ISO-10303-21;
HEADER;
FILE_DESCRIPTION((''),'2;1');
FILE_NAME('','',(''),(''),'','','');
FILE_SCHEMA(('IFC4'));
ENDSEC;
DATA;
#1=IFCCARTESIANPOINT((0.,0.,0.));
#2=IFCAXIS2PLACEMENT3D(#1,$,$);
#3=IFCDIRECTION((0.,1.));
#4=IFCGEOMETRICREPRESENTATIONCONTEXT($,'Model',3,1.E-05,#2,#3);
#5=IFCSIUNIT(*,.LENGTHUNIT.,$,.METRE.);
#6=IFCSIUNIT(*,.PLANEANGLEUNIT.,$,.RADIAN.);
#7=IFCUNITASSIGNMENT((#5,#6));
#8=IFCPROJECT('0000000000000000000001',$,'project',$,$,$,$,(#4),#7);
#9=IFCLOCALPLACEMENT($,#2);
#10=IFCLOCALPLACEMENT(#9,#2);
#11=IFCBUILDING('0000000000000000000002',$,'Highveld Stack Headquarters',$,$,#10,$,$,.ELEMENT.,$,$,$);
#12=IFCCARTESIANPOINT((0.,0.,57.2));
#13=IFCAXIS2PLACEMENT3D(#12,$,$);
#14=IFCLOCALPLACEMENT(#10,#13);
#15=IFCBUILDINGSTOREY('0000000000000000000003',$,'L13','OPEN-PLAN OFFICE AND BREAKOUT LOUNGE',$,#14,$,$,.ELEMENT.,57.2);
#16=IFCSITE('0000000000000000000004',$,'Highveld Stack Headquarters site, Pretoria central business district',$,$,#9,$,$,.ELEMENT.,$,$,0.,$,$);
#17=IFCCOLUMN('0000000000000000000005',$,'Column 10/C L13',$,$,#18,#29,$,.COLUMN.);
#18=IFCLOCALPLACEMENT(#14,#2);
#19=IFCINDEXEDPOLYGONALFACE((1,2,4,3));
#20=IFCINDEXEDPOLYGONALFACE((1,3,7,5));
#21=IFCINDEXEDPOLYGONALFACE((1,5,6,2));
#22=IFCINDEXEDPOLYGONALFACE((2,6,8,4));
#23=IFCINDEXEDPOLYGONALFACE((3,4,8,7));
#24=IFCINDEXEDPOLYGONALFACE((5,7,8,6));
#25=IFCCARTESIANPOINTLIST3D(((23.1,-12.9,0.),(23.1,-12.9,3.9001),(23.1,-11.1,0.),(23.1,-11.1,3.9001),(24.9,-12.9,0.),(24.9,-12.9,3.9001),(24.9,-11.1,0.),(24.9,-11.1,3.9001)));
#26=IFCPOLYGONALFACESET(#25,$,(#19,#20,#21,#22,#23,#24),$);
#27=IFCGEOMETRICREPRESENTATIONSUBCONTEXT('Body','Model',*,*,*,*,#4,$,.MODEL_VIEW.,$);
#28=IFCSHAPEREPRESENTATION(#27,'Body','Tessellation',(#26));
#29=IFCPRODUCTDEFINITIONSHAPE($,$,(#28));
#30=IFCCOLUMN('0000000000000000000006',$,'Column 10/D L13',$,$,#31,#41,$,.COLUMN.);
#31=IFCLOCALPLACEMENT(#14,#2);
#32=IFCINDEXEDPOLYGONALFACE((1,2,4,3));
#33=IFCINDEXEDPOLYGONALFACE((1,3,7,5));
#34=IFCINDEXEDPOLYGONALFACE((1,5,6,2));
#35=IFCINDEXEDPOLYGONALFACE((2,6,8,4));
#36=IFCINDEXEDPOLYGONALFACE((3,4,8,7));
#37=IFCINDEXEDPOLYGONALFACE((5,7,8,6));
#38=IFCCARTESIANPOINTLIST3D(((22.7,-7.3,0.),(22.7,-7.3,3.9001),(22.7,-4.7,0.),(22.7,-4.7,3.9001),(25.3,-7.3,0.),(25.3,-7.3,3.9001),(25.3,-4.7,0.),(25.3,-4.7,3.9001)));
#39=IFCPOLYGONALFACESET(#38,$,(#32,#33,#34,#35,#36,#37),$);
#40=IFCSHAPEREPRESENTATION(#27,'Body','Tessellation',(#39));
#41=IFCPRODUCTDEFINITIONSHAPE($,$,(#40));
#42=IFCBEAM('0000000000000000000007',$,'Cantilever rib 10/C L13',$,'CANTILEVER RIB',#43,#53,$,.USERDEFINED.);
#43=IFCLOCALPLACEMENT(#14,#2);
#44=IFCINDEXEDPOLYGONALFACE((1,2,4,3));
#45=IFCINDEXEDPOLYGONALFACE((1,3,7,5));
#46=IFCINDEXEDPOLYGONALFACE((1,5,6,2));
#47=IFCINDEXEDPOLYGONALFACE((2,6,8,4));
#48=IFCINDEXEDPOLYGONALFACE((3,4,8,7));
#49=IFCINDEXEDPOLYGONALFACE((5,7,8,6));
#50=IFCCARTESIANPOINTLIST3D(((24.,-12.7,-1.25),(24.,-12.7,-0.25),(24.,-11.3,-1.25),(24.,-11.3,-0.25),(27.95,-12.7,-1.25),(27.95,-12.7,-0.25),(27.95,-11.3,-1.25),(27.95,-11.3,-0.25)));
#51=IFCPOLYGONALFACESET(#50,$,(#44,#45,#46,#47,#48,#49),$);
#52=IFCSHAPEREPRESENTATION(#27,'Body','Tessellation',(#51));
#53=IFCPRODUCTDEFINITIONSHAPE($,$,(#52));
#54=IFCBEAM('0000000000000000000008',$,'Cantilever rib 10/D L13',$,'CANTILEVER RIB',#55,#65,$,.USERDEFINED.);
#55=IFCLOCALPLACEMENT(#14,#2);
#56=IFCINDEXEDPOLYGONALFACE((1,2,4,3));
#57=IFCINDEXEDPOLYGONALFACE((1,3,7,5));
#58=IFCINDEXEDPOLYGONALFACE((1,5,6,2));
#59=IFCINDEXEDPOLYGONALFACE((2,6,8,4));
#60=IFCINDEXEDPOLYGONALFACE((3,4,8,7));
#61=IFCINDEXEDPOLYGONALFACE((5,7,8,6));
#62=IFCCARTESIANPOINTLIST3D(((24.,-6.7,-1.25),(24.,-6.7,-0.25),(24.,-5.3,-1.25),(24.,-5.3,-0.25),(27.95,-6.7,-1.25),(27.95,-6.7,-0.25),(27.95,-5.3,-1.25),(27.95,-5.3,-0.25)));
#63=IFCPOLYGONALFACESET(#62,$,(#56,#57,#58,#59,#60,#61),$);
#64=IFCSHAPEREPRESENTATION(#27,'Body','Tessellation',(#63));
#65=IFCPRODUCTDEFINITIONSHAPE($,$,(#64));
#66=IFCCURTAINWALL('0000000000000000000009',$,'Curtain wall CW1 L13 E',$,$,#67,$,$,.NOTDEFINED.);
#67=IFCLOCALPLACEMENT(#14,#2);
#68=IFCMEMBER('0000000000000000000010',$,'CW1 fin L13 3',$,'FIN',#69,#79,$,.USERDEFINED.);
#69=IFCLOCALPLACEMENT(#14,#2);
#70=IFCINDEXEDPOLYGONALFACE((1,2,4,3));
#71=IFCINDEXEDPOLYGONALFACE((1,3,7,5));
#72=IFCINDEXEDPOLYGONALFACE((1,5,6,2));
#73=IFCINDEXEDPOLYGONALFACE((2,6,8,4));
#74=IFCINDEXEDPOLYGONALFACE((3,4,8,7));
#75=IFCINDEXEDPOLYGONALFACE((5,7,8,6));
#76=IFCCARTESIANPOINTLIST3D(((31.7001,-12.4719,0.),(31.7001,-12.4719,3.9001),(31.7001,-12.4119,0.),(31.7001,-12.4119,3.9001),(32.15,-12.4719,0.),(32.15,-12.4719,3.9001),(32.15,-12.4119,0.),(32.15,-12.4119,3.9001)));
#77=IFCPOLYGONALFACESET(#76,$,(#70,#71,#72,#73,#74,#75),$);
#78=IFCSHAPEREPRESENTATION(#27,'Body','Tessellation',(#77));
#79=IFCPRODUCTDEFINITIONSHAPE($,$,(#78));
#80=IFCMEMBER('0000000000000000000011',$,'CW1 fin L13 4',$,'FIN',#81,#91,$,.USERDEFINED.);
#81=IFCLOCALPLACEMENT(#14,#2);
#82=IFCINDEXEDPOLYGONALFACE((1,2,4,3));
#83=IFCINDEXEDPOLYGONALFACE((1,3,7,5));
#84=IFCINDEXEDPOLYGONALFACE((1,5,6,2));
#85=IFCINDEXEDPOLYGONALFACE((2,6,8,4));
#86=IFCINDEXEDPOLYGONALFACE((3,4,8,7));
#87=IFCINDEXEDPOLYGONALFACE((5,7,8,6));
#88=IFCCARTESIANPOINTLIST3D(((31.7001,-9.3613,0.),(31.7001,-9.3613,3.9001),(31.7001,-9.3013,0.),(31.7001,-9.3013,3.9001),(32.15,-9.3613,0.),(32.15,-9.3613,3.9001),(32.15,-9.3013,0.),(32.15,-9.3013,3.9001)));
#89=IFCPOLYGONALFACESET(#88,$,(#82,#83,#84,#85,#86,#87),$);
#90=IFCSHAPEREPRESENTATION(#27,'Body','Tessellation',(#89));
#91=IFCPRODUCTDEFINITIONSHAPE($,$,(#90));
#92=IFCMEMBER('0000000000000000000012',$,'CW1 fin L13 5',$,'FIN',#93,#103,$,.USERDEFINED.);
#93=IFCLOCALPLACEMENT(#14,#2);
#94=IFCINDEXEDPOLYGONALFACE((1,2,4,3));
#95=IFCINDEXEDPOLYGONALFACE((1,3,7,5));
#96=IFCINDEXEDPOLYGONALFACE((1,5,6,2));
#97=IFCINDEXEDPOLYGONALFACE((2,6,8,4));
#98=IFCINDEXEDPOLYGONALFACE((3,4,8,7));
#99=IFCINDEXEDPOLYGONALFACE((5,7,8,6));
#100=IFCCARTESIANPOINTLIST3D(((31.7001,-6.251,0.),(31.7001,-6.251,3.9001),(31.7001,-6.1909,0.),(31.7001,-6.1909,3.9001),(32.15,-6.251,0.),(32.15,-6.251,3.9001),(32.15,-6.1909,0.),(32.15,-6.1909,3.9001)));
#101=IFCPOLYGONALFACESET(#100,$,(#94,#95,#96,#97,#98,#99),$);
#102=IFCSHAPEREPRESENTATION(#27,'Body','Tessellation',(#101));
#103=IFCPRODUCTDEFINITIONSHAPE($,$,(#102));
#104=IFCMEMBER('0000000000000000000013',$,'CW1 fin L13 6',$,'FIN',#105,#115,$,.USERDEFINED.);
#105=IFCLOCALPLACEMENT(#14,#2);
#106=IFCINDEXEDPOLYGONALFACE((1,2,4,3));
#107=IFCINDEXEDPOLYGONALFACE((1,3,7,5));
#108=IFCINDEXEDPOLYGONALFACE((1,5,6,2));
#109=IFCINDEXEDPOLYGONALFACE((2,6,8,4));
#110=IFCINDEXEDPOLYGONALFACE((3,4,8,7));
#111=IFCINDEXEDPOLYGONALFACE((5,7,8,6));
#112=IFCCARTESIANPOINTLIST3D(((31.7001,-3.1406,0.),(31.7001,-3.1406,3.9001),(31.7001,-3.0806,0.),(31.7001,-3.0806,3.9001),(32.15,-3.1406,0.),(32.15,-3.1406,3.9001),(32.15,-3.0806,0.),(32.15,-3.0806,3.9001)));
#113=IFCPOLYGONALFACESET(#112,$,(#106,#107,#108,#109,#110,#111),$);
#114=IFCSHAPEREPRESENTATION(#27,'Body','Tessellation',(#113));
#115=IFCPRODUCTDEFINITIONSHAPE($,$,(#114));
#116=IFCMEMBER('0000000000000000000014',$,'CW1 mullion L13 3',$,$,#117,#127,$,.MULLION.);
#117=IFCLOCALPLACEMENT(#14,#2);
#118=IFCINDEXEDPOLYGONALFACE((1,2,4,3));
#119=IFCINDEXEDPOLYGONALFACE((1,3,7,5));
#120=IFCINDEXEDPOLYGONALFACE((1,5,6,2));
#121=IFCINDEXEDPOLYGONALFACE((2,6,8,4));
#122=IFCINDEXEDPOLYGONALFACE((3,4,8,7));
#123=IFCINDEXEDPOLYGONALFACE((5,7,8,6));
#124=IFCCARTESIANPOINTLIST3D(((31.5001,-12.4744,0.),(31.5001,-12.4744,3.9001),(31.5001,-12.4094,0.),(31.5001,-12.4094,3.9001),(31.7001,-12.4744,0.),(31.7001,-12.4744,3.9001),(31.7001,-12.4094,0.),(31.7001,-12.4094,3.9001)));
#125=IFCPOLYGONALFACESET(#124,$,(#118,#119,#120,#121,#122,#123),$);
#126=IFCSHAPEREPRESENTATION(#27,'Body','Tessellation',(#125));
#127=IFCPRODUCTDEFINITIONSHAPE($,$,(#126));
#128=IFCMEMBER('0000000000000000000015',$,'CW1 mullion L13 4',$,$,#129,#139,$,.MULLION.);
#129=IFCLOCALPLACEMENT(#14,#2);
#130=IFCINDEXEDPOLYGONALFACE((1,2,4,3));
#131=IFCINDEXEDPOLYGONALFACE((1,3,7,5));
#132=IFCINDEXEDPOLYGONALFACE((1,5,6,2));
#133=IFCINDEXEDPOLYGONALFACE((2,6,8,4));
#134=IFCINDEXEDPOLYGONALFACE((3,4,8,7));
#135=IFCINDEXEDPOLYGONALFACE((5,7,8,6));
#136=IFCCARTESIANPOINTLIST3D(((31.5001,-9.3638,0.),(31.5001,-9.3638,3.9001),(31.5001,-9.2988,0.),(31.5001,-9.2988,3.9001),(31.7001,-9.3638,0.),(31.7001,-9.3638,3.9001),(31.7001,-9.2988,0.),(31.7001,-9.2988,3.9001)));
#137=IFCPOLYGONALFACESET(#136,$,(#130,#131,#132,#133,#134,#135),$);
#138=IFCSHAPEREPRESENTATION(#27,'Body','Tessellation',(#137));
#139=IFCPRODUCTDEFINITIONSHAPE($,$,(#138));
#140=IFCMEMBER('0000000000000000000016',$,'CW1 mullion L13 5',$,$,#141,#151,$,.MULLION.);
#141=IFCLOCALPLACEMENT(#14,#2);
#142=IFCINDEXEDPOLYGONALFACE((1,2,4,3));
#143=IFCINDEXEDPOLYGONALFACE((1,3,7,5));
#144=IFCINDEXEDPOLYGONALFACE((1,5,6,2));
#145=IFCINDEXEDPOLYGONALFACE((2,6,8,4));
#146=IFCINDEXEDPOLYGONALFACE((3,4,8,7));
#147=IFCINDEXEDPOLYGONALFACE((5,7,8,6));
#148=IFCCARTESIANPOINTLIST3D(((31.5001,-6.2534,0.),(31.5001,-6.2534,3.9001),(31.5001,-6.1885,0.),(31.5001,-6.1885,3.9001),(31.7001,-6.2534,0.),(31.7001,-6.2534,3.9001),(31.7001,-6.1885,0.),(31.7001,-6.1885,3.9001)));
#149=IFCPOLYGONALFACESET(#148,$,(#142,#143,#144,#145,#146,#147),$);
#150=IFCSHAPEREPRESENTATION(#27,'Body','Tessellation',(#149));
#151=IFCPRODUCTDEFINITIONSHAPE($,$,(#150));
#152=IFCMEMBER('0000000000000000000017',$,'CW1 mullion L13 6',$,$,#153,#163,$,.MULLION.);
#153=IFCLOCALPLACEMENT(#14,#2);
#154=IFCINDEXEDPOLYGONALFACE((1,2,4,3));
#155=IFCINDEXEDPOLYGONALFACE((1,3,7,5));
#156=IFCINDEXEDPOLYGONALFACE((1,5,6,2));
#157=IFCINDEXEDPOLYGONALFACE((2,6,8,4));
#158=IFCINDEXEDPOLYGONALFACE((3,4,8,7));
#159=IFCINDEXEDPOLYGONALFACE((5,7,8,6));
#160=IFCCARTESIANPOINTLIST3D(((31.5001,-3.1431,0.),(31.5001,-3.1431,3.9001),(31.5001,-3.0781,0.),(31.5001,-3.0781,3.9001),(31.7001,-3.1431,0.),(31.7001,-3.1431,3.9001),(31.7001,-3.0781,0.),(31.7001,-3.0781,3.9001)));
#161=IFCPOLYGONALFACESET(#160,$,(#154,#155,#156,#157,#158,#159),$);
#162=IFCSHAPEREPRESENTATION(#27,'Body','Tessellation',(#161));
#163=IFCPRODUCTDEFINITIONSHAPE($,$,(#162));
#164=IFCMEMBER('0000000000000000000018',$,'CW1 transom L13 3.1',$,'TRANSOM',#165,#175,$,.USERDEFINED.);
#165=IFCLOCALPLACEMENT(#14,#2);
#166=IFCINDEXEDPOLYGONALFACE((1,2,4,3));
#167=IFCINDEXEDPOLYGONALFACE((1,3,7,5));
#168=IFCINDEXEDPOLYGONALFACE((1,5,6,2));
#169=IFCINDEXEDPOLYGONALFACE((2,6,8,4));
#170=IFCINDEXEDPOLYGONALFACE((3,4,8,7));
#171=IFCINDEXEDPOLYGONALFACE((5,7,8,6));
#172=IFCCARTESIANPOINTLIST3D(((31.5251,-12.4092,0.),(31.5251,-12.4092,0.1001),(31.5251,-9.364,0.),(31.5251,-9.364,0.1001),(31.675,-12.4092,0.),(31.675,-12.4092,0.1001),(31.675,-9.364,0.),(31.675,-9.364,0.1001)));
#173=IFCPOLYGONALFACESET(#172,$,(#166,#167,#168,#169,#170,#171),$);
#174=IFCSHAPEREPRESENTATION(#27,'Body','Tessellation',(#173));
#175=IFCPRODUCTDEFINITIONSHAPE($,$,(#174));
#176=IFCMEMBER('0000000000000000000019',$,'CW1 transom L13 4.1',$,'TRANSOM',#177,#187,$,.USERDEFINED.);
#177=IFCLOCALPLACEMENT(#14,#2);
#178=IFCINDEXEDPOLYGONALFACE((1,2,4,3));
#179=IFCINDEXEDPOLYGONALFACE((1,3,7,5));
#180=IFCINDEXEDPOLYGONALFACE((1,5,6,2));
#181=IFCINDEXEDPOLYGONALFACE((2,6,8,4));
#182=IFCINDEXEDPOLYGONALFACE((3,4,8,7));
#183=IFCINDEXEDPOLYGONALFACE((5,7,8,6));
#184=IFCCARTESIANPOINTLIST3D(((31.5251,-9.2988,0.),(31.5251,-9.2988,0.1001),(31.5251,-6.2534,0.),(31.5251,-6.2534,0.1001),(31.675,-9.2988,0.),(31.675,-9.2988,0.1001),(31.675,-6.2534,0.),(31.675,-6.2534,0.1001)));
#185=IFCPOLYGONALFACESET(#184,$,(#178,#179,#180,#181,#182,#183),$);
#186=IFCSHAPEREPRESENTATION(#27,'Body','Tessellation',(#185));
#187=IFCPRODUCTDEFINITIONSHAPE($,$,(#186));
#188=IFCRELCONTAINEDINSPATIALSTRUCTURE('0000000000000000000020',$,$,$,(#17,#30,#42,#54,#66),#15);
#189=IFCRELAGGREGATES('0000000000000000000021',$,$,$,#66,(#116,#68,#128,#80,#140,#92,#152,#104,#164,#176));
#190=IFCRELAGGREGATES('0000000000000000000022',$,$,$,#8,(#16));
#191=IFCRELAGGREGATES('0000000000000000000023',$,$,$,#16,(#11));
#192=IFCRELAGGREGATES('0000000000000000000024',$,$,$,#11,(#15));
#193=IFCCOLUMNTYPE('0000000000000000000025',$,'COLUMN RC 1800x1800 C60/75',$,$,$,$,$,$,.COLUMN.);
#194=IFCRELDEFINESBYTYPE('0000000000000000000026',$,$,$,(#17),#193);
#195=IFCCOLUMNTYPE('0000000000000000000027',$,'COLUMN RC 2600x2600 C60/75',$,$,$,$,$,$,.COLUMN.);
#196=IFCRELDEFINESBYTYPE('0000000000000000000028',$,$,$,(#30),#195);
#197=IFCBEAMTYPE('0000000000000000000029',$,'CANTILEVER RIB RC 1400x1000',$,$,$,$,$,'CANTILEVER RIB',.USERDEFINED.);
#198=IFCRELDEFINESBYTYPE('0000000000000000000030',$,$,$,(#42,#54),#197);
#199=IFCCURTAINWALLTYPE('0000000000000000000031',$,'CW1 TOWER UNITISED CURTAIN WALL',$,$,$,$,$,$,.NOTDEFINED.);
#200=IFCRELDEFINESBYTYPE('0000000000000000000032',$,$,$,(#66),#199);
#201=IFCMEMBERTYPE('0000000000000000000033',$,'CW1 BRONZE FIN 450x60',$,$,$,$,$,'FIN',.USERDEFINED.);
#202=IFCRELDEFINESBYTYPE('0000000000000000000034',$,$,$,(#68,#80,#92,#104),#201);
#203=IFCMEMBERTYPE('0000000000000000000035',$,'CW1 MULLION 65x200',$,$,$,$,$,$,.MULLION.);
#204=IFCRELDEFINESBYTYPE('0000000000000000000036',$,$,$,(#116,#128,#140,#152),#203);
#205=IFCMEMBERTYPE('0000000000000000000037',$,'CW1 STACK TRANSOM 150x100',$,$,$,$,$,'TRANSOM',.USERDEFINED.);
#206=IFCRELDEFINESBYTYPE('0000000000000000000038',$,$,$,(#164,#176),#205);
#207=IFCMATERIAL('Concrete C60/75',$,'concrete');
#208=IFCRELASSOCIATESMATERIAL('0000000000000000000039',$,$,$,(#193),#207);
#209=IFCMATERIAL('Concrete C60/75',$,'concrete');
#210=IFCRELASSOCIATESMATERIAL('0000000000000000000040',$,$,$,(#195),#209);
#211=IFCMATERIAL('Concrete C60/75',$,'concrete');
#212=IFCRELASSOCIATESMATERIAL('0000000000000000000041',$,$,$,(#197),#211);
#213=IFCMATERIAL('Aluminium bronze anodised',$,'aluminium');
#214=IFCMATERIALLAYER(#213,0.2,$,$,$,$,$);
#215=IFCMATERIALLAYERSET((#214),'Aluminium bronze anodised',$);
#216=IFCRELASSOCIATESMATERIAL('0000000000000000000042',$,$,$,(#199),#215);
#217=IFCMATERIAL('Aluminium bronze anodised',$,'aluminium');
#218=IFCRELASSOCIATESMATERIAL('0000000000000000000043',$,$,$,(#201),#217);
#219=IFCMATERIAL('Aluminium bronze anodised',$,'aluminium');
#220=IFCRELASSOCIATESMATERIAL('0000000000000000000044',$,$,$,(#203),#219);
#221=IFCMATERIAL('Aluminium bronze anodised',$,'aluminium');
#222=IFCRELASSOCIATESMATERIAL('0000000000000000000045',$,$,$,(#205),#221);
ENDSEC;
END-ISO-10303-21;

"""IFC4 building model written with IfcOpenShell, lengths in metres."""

from ifc_helpers import new_model, si_unit, direction, frame, origin, origin_2d, place, context, subcontext, project, spatial, rectangle, extrude, material, layer, layer_set, material_profile, profile_set, type_object, element, aggregate, save


model = new_model("IFC4")

# Units and contexts
model_context = context("Model", 3, precision=1e-05, world=origin(), true_north=direction((0.0, 1.0)))
body_context = subcontext(model_context, "Body", "Model", "MODEL_VIEW")
ifc_project = project(units=[si_unit("LENGTHUNIT", "METRE"), si_unit("PLANEANGLEUNIT", "RADIAN")], contexts=[model_context])

# Site, building, storey
site_placement = place(None, origin())
site = spatial("IfcSite", under=ifc_project, at=site_placement, Name="Highveld Stack Headquarters site, Pretoria central business district", CompositionType="ELEMENT", RefElevation=0.0)
building_placement = place(site_placement, origin())
building = spatial("IfcBuilding", under=site, at=building_placement, Name="Highveld Stack Headquarters", CompositionType="ELEMENT")
storey_placement = place(building_placement, frame((0.0, 0.0, 57.2)))
storey = spatial("IfcBuildingStorey", under=building, at=storey_placement, Name="L13", Description="OPEN-PLAN OFFICE AND BREAKOUT LOUNGE", CompositionType="ELEMENT", Elevation=57.2)

# Columns
ifc_material_1 = material(Name="Concrete C60/75", Category="concrete")
ifc_material_profile_1 = material_profile(ifc_material_1, rectangle(XDim=1.8, YDim=1.8, at=origin_2d()), Name="RC 1800x1800")
ifc_profile_set_1 = profile_set([ifc_material_profile_1], Name="Concrete C60/75")
column_type_1 = type_object("IfcColumnType", Name="COLUMN RC 1800x1800 C60/75", PredefinedType="COLUMN", material=ifc_profile_set_1)
column_1_placement = place(storey_placement, frame((24.0, -12.0, 0.0), z_axis=(0.0, 0.0, 1.0), x_axis=(1.0, 0.0, 0.0)))
element("IfcColumn", 1, at=column_1_placement, inside=storey, type_object=column_type_1, Name="Column 10/C L13", PredefinedType="COLUMN", context=body_context, shape_type="SweptSolid", body=[
    extrude(rectangle(XDim=1.8, YDim=1.8, at=origin_2d()), origin(), (0.0, 0.0, 1.0), 3.9001),
])
ifc_material_2 = material(Name="Concrete C60/75", Category="concrete")
ifc_material_profile_2 = material_profile(ifc_material_2, rectangle(XDim=2.6001, YDim=2.6001, at=origin_2d()), Name="RC 2600x2600")
ifc_profile_set_2 = profile_set([ifc_material_profile_2], Name="Concrete C60/75")
column_type_2 = type_object("IfcColumnType", Name="COLUMN RC 2600x2600 C60/75", PredefinedType="COLUMN", material=ifc_profile_set_2)
column_2_placement = place(storey_placement, frame((24.0, -6.0, 0.0), z_axis=(0.0, 0.0, 1.0), x_axis=(1.0, 0.0, 0.0)))
element("IfcColumn", 2, at=column_2_placement, inside=storey, type_object=column_type_2, Name="Column 10/D L13", PredefinedType="COLUMN", context=body_context, shape_type="SweptSolid", body=[
    extrude(rectangle(XDim=2.6001, YDim=2.6001, at=origin_2d()), origin(), (0.0, 0.0, 1.0), 3.9001),
])

# Beams
ifc_material_3 = material(Name="Concrete C60/75", Category="concrete")
ifc_material_profile_3 = material_profile(ifc_material_3, rectangle(XDim=1.3999, YDim=1.0, at=origin_2d()), Name="RC 1400x1000")
ifc_profile_set_3 = profile_set([ifc_material_profile_3], Name="Concrete C60/75")
beam_type_1 = type_object("IfcBeamType", Name="CANTILEVER RIB RC 1400x1000", ElementType="CANTILEVER RIB", PredefinedType="USERDEFINED", material=ifc_profile_set_3)
for number, where, z_axis, x_axis, name in (
    (3, (24.0, -12.0, -0.75), (1.0, 0.0, 0.0), (0.0, 1.0, 0.0), "Cantilever rib 10/C L13"),
    (4, (24.0, -6.0, -0.75), (1.0, 0.0, 0.0), (0.0, 1.0, 0.0), "Cantilever rib 10/D L13"),
):
    element("IfcBeam", number, at=place(storey_placement, frame(where, z_axis=z_axis, x_axis=x_axis)), inside=storey, type_object=beam_type_1, Name=name, ObjectType="CANTILEVER RIB", PredefinedType="USERDEFINED", context=body_context, shape_type="SweptSolid", body=[
        extrude(rectangle(XDim=1.3999, YDim=1.0, at=origin_2d()), origin(), (0.0, 0.0, 1.0), 3.95),
    ])

# Curtain wall, members
ifc_material_4 = material(Name="Aluminium bronze anodised", Category="aluminium")
ifc_layer_1 = layer(ifc_material_4, 0.2)
ifc_layer_set_1 = layer_set([ifc_layer_1], Name="Aluminium bronze anodised")
curtain_wall_type = type_object("IfcCurtainWallType", Name="CW1 TOWER UNITISED CURTAIN WALL", PredefinedType="NOTDEFINED", material=ifc_layer_set_1)
curtain_wall_placement = place(storey_placement, origin())
curtain_wall = element("IfcCurtainWall", 5, at=curtain_wall_placement, inside=storey, type_object=curtain_wall_type, Name="Curtain wall CW1 L13 E", PredefinedType="NOTDEFINED")
ifc_material_5 = material(Name="Aluminium bronze anodised", Category="aluminium")
ifc_material_profile_4 = material_profile(ifc_material_5, rectangle(XDim=0.45, YDim=0.0601, at=origin_2d()), Name="FIN 450x60")
ifc_profile_set_4 = profile_set([ifc_material_profile_4], Name="Aluminium bronze anodised")
member_type_1 = type_object("IfcMemberType", Name="CW1 BRONZE FIN 450x60", ElementType="FIN", PredefinedType="USERDEFINED", material=ifc_profile_set_4)
member_1_placement = place(storey_placement, frame((31.925, -12.4419, 0.0), z_axis=(0.0, 0.0, 1.0), x_axis=(-1.0, 0.0, 0.0)))
member_1 = element("IfcMember", 6, at=member_1_placement, type_object=member_type_1, Name="CW1 fin L13 3", ObjectType="FIN", PredefinedType="USERDEFINED", context=body_context, shape_type="SweptSolid", body=[
    extrude(rectangle(XDim=0.45, YDim=0.0601, at=origin_2d()), origin(), (0.0, 0.0, 1.0), 3.9001),
])
member_2_placement = place(storey_placement, frame((31.925, -9.3313, 0.0), z_axis=(0.0, 0.0, 1.0), x_axis=(-1.0, 0.0, 0.0)))
member_2 = element("IfcMember", 7, at=member_2_placement, type_object=member_type_1, Name="CW1 fin L13 4", ObjectType="FIN", PredefinedType="USERDEFINED", context=body_context, shape_type="SweptSolid", body=[
    extrude(rectangle(XDim=0.45, YDim=0.0601, at=origin_2d()), origin(), (0.0, 0.0, 1.0), 3.9001),
])
member_3_placement = place(storey_placement, frame((31.925, -6.2209, 0.0), z_axis=(0.0, 0.0, 1.0), x_axis=(-1.0, 0.0, 0.0)))
member_3 = element("IfcMember", 8, at=member_3_placement, type_object=member_type_1, Name="CW1 fin L13 5", ObjectType="FIN", PredefinedType="USERDEFINED", context=body_context, shape_type="SweptSolid", body=[
    extrude(rectangle(XDim=0.45, YDim=0.0601, at=origin_2d()), origin(), (0.0, 0.0, 1.0), 3.9001),
])
member_4_placement = place(storey_placement, frame((31.925, -3.1106, 0.0), z_axis=(0.0, 0.0, 1.0), x_axis=(-1.0, 0.0, 0.0)))
member_4 = element("IfcMember", 9, at=member_4_placement, type_object=member_type_1, Name="CW1 fin L13 6", ObjectType="FIN", PredefinedType="USERDEFINED", context=body_context, shape_type="SweptSolid", body=[
    extrude(rectangle(XDim=0.45, YDim=0.0601, at=origin_2d()), origin(), (0.0, 0.0, 1.0), 3.9001),
])
ifc_material_6 = material(Name="Aluminium bronze anodised", Category="aluminium")
ifc_material_profile_5 = material_profile(ifc_material_6, rectangle(XDim=0.2, YDim=0.0649, at=origin_2d()), Name="CW1 MULLION 65x200")
ifc_profile_set_5 = profile_set([ifc_material_profile_5], Name="Aluminium bronze anodised")
member_type_2 = type_object("IfcMemberType", Name="CW1 MULLION 65x200", PredefinedType="MULLION", material=ifc_profile_set_5)
member_5_placement = place(storey_placement, frame((31.6001, -12.4419, 0.0), z_axis=(0.0, 0.0, 1.0), x_axis=(-1.0, 0.0, 0.0)))
member_5 = element("IfcMember", 10, at=member_5_placement, type_object=member_type_2, Name="CW1 mullion L13 3", PredefinedType="MULLION", context=body_context, shape_type="SweptSolid", body=[
    extrude(rectangle(XDim=0.2, YDim=0.0649, at=origin_2d()), origin(), (0.0, 0.0, 1.0), 3.9001),
])
member_6_placement = place(storey_placement, frame((31.6001, -9.3313, 0.0), z_axis=(0.0, 0.0, 1.0), x_axis=(-1.0, 0.0, 0.0)))
member_6 = element("IfcMember", 11, at=member_6_placement, type_object=member_type_2, Name="CW1 mullion L13 4", PredefinedType="MULLION", context=body_context, shape_type="SweptSolid", body=[
    extrude(rectangle(XDim=0.2, YDim=0.0649, at=origin_2d()), origin(), (0.0, 0.0, 1.0), 3.9001),
])
member_7_placement = place(storey_placement, frame((31.6001, -6.2209, 0.0), z_axis=(0.0, 0.0, 1.0), x_axis=(-1.0, 0.0, 0.0)))
member_7 = element("IfcMember", 12, at=member_7_placement, type_object=member_type_2, Name="CW1 mullion L13 5", PredefinedType="MULLION", context=body_context, shape_type="SweptSolid", body=[
    extrude(rectangle(XDim=0.2, YDim=0.0649, at=origin_2d()), origin(), (0.0, 0.0, 1.0), 3.9001),
])
member_8_placement = place(storey_placement, frame((31.6001, -3.1106, 0.0), z_axis=(0.0, 0.0, 1.0), x_axis=(-1.0, 0.0, 0.0)))
member_8 = element("IfcMember", 13, at=member_8_placement, type_object=member_type_2, Name="CW1 mullion L13 6", PredefinedType="MULLION", context=body_context, shape_type="SweptSolid", body=[
    extrude(rectangle(XDim=0.2, YDim=0.0649, at=origin_2d()), origin(), (0.0, 0.0, 1.0), 3.9001),
])
ifc_material_7 = material(Name="Aluminium bronze anodised", Category="aluminium")
ifc_material_profile_6 = material_profile(ifc_material_7, rectangle(XDim=0.1499, YDim=0.1001, at=origin_2d()), Name="CW1 TRANSOM 150x100")
ifc_profile_set_6 = profile_set([ifc_material_profile_6], Name="Aluminium bronze anodised")
member_type_3 = type_object("IfcMemberType", Name="CW1 STACK TRANSOM 150x100", ElementType="TRANSOM", PredefinedType="USERDEFINED", material=ifc_profile_set_6)
member_9_placement = place(storey_placement, frame((31.6001, -12.4092, 0.05), z_axis=(0.0, 1.0, 0.0), x_axis=(-1.0, 0.0, 0.0)))
member_9 = element("IfcMember", 14, at=member_9_placement, type_object=member_type_3, Name="CW1 transom L13 3.1", ObjectType="TRANSOM", PredefinedType="USERDEFINED", context=body_context, shape_type="SweptSolid", body=[
    extrude(rectangle(XDim=0.1499, YDim=0.1001, at=origin_2d()), origin(), (0.0, 0.0, 1.0), 3.0452),
])
member_10_placement = place(storey_placement, frame((31.6001, -9.2988, 0.05), z_axis=(0.0, 1.0, 0.0), x_axis=(-1.0, 0.0, 0.0)))
member_10 = element("IfcMember", 15, at=member_10_placement, type_object=member_type_3, Name="CW1 transom L13 4.1", ObjectType="TRANSOM", PredefinedType="USERDEFINED", context=body_context, shape_type="SweptSolid", body=[
    extrude(rectangle(XDim=0.1499, YDim=0.1001, at=origin_2d()), origin(), (0.0, 0.0, 1.0), 3.0454),
])

aggregate(curtain_wall, [member_5, member_1, member_6, member_2, member_7, member_3, member_8, member_4, member_9, member_10])

save(model, "model.ifc")
